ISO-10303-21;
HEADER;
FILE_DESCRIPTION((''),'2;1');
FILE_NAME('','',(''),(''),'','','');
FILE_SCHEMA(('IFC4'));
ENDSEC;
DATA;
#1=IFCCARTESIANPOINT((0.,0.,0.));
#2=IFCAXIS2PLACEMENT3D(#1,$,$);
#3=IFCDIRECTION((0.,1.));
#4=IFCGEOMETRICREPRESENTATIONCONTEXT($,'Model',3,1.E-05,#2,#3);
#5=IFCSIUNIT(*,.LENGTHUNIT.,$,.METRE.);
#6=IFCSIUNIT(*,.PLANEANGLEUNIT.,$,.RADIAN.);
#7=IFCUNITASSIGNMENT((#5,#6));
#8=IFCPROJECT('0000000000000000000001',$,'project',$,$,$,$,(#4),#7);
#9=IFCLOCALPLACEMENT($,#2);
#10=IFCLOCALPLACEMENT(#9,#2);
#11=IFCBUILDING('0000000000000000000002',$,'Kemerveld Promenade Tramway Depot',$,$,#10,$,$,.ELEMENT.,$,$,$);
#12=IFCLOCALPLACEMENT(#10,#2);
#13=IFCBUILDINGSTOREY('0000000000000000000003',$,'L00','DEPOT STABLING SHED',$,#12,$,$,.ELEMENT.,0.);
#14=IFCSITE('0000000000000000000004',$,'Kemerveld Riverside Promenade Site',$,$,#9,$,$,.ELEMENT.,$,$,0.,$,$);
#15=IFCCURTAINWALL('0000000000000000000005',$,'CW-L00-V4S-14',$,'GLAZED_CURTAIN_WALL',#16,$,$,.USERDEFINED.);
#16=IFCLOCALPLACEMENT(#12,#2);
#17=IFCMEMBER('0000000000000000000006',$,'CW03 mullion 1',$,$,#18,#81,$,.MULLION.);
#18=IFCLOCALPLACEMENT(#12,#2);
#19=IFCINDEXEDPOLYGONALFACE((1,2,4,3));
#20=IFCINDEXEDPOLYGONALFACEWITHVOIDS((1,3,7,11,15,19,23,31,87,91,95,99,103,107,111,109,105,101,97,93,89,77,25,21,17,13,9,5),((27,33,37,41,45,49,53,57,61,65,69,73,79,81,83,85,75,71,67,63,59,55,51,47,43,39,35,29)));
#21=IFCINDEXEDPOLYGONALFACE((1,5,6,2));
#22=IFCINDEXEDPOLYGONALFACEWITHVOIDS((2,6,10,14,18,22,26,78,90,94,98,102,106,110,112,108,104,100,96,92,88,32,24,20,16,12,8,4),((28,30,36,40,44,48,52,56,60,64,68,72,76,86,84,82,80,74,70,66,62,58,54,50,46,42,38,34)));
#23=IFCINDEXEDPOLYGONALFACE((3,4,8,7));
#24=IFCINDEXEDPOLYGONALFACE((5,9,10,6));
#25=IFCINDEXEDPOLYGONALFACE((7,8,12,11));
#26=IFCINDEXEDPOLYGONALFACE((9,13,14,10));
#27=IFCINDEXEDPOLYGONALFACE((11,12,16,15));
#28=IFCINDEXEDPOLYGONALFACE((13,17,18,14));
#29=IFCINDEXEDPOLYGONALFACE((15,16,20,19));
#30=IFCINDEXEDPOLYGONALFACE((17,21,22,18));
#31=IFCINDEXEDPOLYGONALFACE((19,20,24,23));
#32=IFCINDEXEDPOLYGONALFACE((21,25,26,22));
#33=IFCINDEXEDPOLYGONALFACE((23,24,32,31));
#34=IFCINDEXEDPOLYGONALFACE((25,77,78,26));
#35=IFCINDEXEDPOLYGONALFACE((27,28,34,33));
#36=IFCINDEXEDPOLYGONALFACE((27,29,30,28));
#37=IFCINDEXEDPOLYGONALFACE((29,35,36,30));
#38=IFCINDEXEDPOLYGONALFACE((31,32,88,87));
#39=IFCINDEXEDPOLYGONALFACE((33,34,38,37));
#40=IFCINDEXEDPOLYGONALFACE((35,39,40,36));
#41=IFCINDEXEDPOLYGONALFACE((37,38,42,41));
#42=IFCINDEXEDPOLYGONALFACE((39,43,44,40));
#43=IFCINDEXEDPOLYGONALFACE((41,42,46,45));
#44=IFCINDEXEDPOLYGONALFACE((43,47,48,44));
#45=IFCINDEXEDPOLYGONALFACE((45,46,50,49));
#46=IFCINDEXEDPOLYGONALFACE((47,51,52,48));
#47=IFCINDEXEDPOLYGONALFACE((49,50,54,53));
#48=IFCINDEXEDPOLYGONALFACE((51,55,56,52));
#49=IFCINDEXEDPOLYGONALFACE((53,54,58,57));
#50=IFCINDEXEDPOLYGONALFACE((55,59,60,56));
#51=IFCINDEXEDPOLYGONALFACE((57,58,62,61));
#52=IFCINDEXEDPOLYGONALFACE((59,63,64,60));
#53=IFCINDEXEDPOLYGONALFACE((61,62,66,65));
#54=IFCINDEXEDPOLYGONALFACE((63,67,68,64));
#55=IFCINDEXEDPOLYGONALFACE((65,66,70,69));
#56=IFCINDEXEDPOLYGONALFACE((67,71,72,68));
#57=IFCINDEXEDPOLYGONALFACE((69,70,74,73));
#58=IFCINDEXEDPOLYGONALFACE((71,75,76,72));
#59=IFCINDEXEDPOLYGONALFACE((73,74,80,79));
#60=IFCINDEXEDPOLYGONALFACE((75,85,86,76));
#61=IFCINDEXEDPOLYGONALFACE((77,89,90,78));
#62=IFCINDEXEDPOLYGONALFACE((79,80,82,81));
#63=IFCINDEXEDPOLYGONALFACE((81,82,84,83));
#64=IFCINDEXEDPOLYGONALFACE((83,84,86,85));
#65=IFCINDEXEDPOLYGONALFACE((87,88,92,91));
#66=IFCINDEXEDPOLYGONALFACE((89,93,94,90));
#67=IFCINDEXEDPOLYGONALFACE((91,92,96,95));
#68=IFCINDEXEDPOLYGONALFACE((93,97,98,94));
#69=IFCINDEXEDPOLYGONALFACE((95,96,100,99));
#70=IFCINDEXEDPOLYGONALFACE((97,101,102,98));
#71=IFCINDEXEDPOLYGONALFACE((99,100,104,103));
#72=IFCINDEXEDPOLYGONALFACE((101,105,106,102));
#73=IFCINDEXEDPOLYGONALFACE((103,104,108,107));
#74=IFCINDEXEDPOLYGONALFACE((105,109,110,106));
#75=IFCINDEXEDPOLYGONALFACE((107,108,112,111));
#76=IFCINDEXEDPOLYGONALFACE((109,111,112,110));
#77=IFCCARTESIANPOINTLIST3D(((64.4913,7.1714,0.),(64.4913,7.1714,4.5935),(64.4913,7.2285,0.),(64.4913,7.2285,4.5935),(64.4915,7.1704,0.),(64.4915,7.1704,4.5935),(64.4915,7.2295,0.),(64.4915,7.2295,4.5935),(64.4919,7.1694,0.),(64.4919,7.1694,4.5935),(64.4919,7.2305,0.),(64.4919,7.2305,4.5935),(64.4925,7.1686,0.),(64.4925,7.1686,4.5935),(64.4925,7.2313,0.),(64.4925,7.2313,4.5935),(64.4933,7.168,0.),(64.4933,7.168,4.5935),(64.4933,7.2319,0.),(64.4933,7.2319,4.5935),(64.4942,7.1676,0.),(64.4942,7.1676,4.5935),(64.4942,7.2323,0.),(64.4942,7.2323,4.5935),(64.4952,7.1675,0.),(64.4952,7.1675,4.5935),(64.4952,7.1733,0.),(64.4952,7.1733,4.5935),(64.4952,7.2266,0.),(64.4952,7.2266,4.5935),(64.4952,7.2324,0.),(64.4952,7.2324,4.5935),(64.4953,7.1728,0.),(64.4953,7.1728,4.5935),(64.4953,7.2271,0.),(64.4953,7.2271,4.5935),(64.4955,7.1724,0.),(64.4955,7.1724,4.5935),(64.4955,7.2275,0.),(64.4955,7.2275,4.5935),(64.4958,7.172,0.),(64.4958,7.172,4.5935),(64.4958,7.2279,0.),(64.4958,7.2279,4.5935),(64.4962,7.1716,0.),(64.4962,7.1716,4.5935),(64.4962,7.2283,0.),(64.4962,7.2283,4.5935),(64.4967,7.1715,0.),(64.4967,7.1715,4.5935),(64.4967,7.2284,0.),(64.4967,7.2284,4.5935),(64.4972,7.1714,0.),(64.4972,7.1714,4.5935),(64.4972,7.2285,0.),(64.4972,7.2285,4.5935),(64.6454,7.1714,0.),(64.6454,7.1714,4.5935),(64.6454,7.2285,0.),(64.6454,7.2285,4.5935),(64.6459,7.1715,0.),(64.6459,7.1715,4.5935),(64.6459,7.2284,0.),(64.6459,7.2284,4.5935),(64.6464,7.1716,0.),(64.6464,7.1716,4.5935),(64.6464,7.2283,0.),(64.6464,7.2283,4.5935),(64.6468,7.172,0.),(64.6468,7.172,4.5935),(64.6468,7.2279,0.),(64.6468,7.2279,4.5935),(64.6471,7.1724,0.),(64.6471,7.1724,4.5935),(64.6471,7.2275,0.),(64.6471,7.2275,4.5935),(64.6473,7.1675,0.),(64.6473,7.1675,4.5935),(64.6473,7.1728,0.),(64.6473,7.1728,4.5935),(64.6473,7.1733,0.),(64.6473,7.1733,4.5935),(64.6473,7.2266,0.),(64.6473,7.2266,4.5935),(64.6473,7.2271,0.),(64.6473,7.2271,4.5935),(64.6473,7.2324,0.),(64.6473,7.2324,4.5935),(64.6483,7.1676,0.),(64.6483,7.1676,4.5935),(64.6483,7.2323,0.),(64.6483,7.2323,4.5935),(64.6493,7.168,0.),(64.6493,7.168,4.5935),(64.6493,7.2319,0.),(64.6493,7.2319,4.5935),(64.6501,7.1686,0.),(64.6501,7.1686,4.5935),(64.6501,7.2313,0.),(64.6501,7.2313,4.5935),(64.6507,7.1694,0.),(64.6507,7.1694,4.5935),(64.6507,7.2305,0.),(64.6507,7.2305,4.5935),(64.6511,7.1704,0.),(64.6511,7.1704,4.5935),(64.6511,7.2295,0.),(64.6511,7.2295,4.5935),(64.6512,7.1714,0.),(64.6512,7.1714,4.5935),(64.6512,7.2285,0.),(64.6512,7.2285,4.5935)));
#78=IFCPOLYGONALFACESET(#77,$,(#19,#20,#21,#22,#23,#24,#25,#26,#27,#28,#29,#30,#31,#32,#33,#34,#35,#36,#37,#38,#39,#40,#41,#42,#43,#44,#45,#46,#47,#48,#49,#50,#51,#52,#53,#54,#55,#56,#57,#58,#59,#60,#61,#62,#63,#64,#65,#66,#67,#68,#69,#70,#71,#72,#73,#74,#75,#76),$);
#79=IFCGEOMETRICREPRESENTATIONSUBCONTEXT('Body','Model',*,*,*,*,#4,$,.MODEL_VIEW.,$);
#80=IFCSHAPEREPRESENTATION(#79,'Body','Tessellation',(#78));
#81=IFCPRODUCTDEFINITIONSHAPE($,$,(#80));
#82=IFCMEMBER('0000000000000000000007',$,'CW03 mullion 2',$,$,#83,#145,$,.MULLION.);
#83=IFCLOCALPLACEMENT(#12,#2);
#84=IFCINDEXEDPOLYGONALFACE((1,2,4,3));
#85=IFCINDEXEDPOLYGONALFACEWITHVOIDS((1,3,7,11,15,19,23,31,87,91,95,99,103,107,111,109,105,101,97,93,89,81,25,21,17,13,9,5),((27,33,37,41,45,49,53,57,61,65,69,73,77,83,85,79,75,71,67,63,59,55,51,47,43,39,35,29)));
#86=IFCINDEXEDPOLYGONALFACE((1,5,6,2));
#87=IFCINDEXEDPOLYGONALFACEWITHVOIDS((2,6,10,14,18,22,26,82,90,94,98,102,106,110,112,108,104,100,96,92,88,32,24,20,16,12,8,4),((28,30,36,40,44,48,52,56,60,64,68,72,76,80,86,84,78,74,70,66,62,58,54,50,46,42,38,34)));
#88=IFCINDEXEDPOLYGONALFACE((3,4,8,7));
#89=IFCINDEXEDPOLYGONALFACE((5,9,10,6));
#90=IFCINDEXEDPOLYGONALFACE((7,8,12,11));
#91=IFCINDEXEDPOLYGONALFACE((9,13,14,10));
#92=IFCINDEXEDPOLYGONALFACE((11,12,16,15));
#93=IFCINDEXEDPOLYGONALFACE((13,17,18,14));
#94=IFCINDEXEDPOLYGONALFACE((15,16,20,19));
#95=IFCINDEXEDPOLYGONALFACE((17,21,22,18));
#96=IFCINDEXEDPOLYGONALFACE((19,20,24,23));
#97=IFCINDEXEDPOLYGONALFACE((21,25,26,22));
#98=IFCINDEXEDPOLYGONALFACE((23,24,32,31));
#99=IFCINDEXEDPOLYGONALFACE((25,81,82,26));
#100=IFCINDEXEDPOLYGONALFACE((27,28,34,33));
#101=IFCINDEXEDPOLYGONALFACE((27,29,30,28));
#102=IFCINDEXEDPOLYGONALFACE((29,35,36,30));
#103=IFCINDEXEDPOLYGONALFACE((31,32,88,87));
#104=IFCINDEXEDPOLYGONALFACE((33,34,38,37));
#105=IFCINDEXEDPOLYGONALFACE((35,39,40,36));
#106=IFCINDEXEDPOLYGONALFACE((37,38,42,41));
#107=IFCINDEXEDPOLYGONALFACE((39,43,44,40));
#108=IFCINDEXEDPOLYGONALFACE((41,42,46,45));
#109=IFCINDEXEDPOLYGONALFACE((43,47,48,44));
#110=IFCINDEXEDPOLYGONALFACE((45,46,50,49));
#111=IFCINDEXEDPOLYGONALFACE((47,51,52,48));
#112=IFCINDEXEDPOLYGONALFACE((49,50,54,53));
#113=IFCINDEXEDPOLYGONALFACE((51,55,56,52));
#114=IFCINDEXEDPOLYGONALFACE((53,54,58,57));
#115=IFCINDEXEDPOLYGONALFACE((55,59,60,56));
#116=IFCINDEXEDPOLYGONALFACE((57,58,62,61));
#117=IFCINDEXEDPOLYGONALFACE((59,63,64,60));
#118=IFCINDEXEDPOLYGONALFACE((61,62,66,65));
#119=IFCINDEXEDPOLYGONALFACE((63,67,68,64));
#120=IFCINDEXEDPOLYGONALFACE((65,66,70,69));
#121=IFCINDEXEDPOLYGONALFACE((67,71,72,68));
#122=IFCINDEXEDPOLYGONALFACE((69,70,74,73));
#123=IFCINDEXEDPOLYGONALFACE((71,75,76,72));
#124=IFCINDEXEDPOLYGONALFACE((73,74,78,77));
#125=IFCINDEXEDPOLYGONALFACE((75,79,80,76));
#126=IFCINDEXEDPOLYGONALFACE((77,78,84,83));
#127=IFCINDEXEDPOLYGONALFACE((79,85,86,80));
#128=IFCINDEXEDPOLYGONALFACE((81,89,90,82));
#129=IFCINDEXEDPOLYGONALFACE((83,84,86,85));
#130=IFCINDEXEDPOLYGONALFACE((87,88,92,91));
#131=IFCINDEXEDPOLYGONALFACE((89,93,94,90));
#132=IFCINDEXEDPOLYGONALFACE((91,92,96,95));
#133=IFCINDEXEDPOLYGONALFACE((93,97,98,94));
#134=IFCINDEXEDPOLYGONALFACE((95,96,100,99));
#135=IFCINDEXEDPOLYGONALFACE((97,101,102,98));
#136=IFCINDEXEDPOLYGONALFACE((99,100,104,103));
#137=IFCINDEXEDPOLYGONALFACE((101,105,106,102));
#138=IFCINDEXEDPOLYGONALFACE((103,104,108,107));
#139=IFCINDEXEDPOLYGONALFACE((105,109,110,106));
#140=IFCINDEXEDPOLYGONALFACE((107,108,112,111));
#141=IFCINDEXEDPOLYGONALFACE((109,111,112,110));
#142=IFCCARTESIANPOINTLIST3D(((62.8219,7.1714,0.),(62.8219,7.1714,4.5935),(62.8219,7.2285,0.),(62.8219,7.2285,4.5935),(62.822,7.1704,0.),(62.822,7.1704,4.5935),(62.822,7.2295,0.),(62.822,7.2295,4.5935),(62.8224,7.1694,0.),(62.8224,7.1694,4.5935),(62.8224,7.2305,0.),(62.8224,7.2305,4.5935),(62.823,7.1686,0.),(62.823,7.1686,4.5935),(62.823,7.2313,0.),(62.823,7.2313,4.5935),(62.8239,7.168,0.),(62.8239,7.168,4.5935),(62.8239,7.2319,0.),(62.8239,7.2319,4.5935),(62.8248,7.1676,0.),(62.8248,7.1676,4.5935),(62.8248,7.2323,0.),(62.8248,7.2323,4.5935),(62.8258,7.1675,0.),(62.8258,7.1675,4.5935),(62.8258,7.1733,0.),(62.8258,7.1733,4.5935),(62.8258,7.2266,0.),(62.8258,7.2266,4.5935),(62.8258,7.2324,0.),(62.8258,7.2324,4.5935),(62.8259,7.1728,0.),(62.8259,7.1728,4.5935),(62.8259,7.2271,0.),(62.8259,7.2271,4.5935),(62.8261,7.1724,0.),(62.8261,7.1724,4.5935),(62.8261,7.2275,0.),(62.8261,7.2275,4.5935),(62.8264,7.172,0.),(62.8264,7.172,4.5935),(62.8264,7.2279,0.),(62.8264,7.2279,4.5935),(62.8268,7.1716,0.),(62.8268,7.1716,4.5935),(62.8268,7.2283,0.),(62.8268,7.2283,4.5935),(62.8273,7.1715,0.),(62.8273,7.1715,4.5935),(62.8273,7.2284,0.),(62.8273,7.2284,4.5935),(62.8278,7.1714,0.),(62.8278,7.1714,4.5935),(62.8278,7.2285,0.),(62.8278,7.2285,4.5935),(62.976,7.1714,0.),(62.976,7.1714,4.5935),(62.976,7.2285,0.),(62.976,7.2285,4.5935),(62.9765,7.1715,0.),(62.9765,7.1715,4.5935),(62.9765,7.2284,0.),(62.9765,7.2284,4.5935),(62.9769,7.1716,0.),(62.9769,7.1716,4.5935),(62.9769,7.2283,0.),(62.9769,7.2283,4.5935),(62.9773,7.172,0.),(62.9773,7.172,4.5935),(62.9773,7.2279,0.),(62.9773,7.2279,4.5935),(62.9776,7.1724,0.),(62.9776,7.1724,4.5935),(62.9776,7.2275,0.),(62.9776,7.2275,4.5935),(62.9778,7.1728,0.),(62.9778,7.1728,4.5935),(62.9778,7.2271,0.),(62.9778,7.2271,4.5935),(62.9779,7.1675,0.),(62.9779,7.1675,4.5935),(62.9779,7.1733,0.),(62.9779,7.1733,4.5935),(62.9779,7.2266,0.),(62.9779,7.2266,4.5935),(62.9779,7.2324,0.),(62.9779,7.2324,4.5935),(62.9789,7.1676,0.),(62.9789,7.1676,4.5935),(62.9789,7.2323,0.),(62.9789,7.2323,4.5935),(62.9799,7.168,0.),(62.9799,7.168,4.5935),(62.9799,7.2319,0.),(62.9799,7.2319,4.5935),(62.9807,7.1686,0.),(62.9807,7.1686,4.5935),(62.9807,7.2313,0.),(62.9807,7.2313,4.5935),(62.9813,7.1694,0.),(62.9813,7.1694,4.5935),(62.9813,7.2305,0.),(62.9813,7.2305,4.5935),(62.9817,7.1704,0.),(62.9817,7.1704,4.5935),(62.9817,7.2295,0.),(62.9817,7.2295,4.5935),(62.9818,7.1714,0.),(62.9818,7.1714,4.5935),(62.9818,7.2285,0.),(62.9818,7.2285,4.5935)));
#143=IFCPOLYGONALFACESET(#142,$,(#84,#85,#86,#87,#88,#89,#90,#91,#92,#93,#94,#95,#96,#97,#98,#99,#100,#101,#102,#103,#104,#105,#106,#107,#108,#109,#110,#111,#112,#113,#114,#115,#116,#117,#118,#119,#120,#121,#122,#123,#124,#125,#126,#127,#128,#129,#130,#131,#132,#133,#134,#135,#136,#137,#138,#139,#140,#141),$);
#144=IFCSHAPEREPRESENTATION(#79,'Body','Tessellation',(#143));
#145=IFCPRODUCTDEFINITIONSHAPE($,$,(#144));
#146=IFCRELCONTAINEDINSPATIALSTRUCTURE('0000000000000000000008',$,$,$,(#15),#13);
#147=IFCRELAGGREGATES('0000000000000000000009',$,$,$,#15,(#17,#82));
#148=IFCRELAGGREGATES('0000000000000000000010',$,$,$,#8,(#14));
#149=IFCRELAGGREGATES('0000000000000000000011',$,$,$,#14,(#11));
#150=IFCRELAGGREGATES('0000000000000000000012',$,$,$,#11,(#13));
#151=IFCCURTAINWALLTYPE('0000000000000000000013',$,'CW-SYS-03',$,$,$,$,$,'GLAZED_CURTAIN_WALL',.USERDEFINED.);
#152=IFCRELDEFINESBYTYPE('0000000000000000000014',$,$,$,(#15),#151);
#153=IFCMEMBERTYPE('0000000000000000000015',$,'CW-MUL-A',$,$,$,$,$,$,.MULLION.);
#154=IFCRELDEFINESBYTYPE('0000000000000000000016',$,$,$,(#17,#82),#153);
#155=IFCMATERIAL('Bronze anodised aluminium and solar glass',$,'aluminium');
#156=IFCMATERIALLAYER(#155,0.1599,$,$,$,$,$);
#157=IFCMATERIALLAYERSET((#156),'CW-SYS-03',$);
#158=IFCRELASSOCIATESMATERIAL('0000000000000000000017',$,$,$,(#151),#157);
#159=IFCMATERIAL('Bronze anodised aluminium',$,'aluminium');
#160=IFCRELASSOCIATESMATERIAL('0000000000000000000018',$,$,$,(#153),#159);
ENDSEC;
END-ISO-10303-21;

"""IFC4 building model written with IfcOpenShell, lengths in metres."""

from ifc_helpers import new_model, si_unit, direction, frame, origin, origin_2d, place, context, subcontext, project, spatial, hollow_rectangle, extrude, material, layer, layer_set, material_profile, profile_set, type_object, element, aggregate, save


model = new_model("IFC4")

# Units and contexts
model_context = context("Model", 3, precision=1e-05, world=origin(), true_north=direction((0.0, 1.0)))
body_context = subcontext(model_context, "Body", "Model", "MODEL_VIEW")
ifc_project = project(units=[si_unit("LENGTHUNIT", "METRE"), si_unit("PLANEANGLEUNIT", "RADIAN")], contexts=[model_context])

# Site, building, storey
site_placement = place(None, origin())
site = spatial("IfcSite", under=ifc_project, at=site_placement, Name="Kemerveld Riverside Promenade Site", CompositionType="ELEMENT", RefElevation=0.0)
building_placement = place(site_placement, origin())
building = spatial("IfcBuilding", under=site, at=building_placement, Name="Kemerveld Promenade Tramway Depot", CompositionType="ELEMENT")
storey_placement = place(building_placement, origin())
storey = spatial("IfcBuildingStorey", under=building, at=storey_placement, Name="L00", Description="DEPOT STABLING SHED", CompositionType="ELEMENT", Elevation=0.0)

# Curtain wall, members
ifc_material_1 = material(Name="Bronze anodised aluminium and solar glass", Category="aluminium")
ifc_layer_1 = layer(ifc_material_1, 0.1599)
ifc_layer_set_1 = layer_set([ifc_layer_1], Name="CW-SYS-03")
curtain_wall_type = type_object("IfcCurtainWallType", Name="CW-SYS-03", ElementType="GLAZED_CURTAIN_WALL", PredefinedType="USERDEFINED", material=ifc_layer_set_1)
curtain_wall_placement = place(storey_placement, origin())
curtain_wall = element("IfcCurtainWall", 1, at=curtain_wall_placement, inside=storey, type_object=curtain_wall_type, Name="CW-L00-V4S-14", ObjectType="GLAZED_CURTAIN_WALL", PredefinedType="USERDEFINED")
ifc_material_2 = material(Name="Bronze anodised aluminium", Category="aluminium")
ifc_material_profile_1 = material_profile(ifc_material_2, hollow_rectangle(XDim=0.0649, YDim=0.1599, WallThickness=0.0039, InnerFilletRadius=0.002, OuterFilletRadius=0.0039, at=origin_2d()), Name="CW-MUL-160x65")
ifc_profile_set_1 = profile_set([ifc_material_profile_1], Name="Bronze anodised aluminium")
member_type_1 = type_object("IfcMemberType", Name="CW-MUL-A", PredefinedType="MULLION", material=ifc_profile_set_1)
member_1_placement = place(storey_placement, frame((64.5713, 7.2, 0.0), z_axis=(0.0, 0.0, 1.0), x_axis=(0.0, -1.0, 0.0)))
member_1 = element("IfcMember", 2, at=member_1_placement, type_object=member_type_1, Name="CW03 mullion 1", PredefinedType="MULLION", context=body_context, shape_type="SweptSolid", body=[
    extrude(hollow_rectangle(XDim=0.0649, YDim=0.1599, WallThickness=0.0039, InnerFilletRadius=0.002, OuterFilletRadius=0.0039, at=origin_2d()), origin(), (0.0, 0.0, 1.0), 4.5935),
])
member_2_placement = place(storey_placement, frame((62.9019, 7.2, 0.0), z_axis=(0.0, 0.0, 1.0), x_axis=(0.0, -1.0, 0.0)))
member_2 = element("IfcMember", 3, at=member_2_placement, type_object=member_type_1, Name="CW03 mullion 2", PredefinedType="MULLION", context=body_context, shape_type="SweptSolid", body=[
    extrude(hollow_rectangle(XDim=0.0649, YDim=0.1599, WallThickness=0.0039, InnerFilletRadius=0.002, OuterFilletRadius=0.0039, at=origin_2d()), origin(), (0.0, 0.0, 1.0), 4.5935),
])
aggregate(curtain_wall, [member_1, member_2])

save(model, "model.ifc")
